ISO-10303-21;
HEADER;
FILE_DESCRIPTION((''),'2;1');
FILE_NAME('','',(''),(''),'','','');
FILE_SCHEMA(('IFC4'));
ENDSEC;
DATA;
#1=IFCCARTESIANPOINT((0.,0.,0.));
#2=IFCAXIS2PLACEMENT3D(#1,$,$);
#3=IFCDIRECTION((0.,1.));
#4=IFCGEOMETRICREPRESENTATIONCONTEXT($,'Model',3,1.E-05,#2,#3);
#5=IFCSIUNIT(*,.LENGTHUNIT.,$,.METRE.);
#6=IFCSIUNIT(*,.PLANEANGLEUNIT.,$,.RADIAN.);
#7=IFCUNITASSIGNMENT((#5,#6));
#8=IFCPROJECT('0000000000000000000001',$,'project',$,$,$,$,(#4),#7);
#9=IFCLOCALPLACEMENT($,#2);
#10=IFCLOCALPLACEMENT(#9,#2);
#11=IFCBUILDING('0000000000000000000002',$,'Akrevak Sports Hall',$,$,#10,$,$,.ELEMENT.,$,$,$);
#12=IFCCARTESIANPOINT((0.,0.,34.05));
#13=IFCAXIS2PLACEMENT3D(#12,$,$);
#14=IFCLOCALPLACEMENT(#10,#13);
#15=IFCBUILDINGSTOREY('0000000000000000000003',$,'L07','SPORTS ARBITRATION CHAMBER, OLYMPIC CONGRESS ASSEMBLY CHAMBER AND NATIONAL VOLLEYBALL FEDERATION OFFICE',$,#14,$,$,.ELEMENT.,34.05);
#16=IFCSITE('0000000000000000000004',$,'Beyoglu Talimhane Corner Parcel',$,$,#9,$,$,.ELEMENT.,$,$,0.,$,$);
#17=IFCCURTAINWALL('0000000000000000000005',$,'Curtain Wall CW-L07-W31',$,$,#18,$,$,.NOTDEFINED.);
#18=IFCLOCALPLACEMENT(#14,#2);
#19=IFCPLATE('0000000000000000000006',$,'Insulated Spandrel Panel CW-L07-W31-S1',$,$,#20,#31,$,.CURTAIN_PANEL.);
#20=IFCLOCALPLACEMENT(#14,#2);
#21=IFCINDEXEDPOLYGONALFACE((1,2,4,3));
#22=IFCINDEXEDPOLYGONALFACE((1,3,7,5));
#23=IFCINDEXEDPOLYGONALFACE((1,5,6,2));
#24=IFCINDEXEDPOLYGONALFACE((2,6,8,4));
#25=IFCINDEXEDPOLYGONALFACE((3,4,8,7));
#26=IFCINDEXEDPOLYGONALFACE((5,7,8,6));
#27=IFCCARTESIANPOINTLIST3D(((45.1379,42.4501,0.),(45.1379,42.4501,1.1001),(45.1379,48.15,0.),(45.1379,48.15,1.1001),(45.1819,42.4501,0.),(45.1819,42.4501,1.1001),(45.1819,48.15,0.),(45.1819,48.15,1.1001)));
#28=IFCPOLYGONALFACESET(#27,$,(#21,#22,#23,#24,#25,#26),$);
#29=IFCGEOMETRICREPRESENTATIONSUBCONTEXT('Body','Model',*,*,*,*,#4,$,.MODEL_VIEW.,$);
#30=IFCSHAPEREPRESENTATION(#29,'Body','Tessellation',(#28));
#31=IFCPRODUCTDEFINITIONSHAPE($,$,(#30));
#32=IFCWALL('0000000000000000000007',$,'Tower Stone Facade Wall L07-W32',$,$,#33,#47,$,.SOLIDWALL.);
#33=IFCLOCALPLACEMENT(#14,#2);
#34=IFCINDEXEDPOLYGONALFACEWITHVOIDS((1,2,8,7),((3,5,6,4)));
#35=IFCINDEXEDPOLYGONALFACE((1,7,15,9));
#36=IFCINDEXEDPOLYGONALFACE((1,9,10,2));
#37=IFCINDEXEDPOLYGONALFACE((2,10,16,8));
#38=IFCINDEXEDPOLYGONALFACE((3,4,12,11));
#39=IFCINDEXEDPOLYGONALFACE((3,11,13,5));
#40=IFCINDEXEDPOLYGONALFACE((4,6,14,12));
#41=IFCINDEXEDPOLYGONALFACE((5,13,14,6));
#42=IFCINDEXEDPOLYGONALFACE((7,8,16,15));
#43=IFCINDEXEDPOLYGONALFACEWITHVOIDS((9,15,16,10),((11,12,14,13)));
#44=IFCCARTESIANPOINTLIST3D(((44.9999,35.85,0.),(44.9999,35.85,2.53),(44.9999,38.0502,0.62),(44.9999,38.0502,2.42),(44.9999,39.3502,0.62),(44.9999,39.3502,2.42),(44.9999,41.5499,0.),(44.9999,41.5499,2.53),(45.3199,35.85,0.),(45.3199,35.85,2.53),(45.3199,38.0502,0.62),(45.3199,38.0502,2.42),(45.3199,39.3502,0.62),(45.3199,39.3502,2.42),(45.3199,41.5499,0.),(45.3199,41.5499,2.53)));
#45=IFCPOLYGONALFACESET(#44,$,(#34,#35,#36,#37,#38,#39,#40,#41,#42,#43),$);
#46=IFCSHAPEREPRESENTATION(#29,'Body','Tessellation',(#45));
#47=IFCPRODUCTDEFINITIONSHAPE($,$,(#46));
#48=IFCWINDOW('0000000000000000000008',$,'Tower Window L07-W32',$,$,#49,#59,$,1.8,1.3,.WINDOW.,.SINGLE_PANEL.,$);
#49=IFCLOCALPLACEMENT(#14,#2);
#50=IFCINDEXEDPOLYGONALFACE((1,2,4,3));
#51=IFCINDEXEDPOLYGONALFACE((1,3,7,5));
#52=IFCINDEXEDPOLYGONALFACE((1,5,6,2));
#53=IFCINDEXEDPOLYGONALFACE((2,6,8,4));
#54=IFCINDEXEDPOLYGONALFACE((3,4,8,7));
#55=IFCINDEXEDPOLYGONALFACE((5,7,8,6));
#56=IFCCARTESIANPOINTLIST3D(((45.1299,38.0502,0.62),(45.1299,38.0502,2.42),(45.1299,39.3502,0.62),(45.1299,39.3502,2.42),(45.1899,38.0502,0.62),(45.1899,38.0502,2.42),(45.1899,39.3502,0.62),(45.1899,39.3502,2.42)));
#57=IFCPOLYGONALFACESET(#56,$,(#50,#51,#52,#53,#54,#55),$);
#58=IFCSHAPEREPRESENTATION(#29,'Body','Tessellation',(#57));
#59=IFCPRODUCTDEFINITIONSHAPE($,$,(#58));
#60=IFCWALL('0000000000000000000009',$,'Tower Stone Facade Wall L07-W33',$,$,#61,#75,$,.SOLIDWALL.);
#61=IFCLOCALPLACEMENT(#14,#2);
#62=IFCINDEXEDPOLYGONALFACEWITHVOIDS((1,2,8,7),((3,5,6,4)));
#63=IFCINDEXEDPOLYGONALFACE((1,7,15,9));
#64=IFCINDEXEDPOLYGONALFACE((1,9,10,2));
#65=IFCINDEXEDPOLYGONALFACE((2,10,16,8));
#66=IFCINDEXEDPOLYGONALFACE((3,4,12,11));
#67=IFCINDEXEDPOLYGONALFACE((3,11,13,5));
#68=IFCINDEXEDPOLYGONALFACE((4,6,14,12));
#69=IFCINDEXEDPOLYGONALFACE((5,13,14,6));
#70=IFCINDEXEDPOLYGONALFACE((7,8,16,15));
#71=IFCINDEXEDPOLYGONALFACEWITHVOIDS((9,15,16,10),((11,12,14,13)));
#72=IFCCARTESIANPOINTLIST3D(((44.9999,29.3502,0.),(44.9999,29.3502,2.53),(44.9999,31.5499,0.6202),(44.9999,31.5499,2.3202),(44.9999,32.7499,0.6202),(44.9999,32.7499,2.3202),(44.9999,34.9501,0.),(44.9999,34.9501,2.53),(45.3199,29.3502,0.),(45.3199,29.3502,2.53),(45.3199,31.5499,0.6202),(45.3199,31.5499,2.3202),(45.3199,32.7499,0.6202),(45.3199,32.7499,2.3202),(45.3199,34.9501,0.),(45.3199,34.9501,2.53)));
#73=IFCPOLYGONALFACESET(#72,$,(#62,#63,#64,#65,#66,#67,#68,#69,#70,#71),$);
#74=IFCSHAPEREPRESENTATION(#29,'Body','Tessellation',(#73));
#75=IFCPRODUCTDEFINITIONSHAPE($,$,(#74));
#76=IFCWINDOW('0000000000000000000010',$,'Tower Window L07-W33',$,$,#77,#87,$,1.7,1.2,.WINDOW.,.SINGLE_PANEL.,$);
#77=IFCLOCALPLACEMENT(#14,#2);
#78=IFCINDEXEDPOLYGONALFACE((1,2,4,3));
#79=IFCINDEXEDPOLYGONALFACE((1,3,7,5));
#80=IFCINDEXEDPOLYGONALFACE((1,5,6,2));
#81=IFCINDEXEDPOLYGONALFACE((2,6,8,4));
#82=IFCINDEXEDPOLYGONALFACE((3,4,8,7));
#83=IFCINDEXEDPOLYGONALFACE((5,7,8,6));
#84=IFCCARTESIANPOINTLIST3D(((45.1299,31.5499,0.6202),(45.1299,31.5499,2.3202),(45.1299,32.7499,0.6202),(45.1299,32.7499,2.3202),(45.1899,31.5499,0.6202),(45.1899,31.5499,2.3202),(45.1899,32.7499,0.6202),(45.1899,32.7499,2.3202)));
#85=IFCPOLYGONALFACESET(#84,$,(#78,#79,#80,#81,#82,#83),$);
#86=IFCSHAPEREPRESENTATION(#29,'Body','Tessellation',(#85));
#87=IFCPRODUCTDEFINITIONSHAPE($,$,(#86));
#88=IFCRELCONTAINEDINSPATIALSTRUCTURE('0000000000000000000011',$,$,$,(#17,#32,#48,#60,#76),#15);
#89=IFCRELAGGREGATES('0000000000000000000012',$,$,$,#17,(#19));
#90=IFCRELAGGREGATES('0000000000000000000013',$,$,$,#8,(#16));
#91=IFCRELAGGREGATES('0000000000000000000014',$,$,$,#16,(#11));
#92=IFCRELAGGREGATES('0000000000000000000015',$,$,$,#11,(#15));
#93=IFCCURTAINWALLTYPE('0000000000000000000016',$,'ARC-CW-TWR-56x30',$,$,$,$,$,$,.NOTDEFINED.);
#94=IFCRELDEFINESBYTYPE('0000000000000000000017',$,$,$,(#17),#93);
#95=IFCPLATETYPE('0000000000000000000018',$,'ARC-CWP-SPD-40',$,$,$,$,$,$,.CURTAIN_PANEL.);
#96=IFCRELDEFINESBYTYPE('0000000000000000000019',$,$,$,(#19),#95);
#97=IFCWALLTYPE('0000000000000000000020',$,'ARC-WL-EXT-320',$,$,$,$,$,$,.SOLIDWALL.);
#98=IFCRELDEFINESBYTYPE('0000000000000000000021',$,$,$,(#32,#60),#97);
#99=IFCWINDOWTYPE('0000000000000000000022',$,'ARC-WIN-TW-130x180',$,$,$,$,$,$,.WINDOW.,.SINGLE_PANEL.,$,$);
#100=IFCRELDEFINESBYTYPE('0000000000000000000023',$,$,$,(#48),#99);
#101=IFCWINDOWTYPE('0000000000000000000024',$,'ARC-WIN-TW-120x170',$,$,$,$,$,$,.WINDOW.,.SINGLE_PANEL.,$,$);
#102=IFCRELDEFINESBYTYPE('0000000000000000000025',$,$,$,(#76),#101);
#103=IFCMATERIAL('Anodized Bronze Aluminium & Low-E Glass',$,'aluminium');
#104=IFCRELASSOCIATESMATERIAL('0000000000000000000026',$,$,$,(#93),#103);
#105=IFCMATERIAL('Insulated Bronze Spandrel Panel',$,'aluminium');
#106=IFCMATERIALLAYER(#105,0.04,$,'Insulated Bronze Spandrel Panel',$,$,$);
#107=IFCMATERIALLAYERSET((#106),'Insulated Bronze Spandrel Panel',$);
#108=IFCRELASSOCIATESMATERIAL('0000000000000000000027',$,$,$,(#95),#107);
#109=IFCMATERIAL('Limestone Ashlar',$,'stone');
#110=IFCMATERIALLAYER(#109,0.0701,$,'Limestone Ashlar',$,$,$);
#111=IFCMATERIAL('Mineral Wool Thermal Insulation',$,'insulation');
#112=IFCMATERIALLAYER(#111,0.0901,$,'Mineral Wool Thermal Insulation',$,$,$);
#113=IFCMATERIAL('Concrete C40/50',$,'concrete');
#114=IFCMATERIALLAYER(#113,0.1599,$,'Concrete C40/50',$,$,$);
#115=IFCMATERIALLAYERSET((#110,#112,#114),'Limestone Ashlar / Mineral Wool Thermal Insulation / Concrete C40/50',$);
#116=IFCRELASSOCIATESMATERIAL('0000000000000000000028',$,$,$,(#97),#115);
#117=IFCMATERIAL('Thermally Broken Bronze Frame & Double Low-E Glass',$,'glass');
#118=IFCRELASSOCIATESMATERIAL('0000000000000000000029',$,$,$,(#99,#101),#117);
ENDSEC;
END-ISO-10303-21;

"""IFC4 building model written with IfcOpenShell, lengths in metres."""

from ifc_helpers import new_model, si_unit, direction, frame, frame_2d, origin, origin_2d, place, context, subcontext, project, spatial, rectangle, extrude, material, layer, layer_set, type_object, element, fill, aggregate, save


model = new_model("IFC4")

# Units and contexts
model_context = context("Model", 3, precision=1e-05, world=origin(), true_north=direction((0.0, 1.0)))
body_context = subcontext(model_context, "Body", "Model", "MODEL_VIEW")
ifc_project = project(units=[si_unit("LENGTHUNIT", "METRE"), si_unit("PLANEANGLEUNIT", "RADIAN")], contexts=[model_context])

# Site, building, storey
site_placement = place(None, origin())
site = spatial("IfcSite", under=ifc_project, at=site_placement, Name="Beyoglu Talimhane Corner Parcel", CompositionType="ELEMENT", RefElevation=0.0)
building_placement = place(site_placement, origin())
building = spatial("IfcBuilding", under=site, at=building_placement, Name="Akrevak Sports Hall", CompositionType="ELEMENT")
storey_placement = place(building_placement, frame((0.0, 0.0, 34.05)))
storey = spatial("IfcBuildingStorey", under=building, at=storey_placement, Name="L07", Description="SPORTS ARBITRATION CHAMBER, OLYMPIC CONGRESS ASSEMBLY CHAMBER AND NATIONAL VOLLEYBALL FEDERATION OFFICE", CompositionType="ELEMENT", Elevation=34.05)

# Shared definitions
ifc_material_1 = material(Name="Concrete C40/50", Category="concrete")

# Curtain wall
ifc_material_2 = material(Name="Anodized Bronze Aluminium & Low-E Glass", Category="aluminium")
curtain_wall_type = type_object("IfcCurtainWallType", Name="ARC-CW-TWR-56x30", PredefinedType="NOTDEFINED", material=ifc_material_2)
curtain_wall_placement = place(storey_placement, origin())
curtain_wall = element("IfcCurtainWall", 1, at=curtain_wall_placement, inside=storey, type_object=curtain_wall_type, Name="Curtain Wall CW-L07-W31", PredefinedType="NOTDEFINED")

# Plate
ifc_material_3 = material(Name="Insulated Bronze Spandrel Panel", Category="aluminium")
ifc_layer_1 = layer(ifc_material_3, 0.04, Name="Insulated Bronze Spandrel Panel")
ifc_layer_set_1 = layer_set([ifc_layer_1], Name="Insulated Bronze Spandrel Panel")
plate_type_1 = type_object("IfcPlateType", Name="ARC-CWP-SPD-40", PredefinedType="CURTAIN_PANEL", material=ifc_layer_set_1)
plate_1_placement = place(storey_placement, frame((45.1599, 45.3, 0.0), z_axis=(0.0, 0.0, 1.0), x_axis=(0.0, -1.0, 0.0)))
plate_1 = element("IfcPlate", 2, at=plate_1_placement, type_object=plate_type_1, Name="Insulated Spandrel Panel CW-L07-W31-S1", PredefinedType="CURTAIN_PANEL", context=body_context, shape_type="SweptSolid", body=[
    extrude(rectangle(XDim=5.7, YDim=0.0439, at=origin_2d()), origin(), (0.0, 0.0, 1.0), 1.1001),
])
aggregate(curtain_wall, [plate_1])

# Walls, openings, windows
ifc_material_4 = material(Name="Limestone Ashlar", Category="stone")
ifc_layer_2 = layer(ifc_material_4, 0.0701, Name="Limestone Ashlar")
ifc_material_5 = material(Name="Mineral Wool Thermal Insulation", Category="insulation")
ifc_layer_3 = layer(ifc_material_5, 0.0901, Name="Mineral Wool Thermal Insulation")
ifc_layer_4 = layer(ifc_material_1, 0.1599, Name="Concrete C40/50")
ifc_layer_set_2 = layer_set([ifc_layer_2, ifc_layer_3, ifc_layer_4], Name="Limestone Ashlar / Mineral Wool Thermal Insulation / Concrete C40/50")
wall_type = type_object("IfcWallType", Name="ARC-WL-EXT-320", PredefinedType="SOLIDWALL", material=ifc_layer_set_2)
wall_1_placement = place(storey_placement, frame((45.1599, 41.55, 0.0), z_axis=(0.0, 0.0, 1.0), x_axis=(0.0, -1.0, 0.0)))
wall_1 = element("IfcWall", 3, at=wall_1_placement, inside=storey, type_object=wall_type, Name="Tower Stone Facade Wall L07-W32", PredefinedType="SOLIDWALL", context=body_context, shape_type="SweptSolid", body=[
    extrude(rectangle(XDim=5.7, YDim=0.3201, at=frame_2d((2.8501, 0.0))), origin(), (0.0, 0.0, 1.0), 2.53),
])
opening_1_placement = place(wall_1_placement, frame((2.2, 0.0, 0.6201)))
opening_1 = element("IfcOpeningElement", 4, at=opening_1_placement, cuts=wall_1, PredefinedType="OPENING", context=body_context, shape_type="SweptSolid", body=[
    extrude(rectangle(XDim=1.3, YDim=1.8, at=frame_2d((0.6499, 0.8999))), frame((0.0, 0.1719, 0.0), z_axis=(0.0, -1.0, 0.0), x_axis=(1.0, 0.0, 0.0)), (0.0, 0.0, 1.0), 0.344),
])
ifc_material_6 = material(Name="Thermally Broken Bronze Frame & Double Low-E Glass", Category="glass")
window_type_1 = type_object("IfcWindowType", Name="ARC-WIN-TW-130x180", PartitioningType="SINGLE_PANEL", PredefinedType="WINDOW", material=ifc_material_6)
window_1_placement = place(opening_1_placement, origin())
window_1 = element("IfcWindow", 5, at=window_1_placement, inside=storey, type_object=window_type_1, Name="Tower Window L07-W32", OverallHeight=1.8, OverallWidth=1.3, PartitioningType="SINGLE_PANEL", PredefinedType="WINDOW", context=body_context, shape_type="SweptSolid", body=[
    extrude(rectangle(XDim=1.3, YDim=1.8, at=frame_2d((0.6499, 0.8999))), frame((0.0, 0.03, 0.0), z_axis=(0.0, -1.0, 0.0), x_axis=(1.0, 0.0, 0.0)), (0.0, 0.0, 1.0), 0.0601),
])
fill(opening_1, window_1)
wall_2_placement = place(storey_placement, frame((45.1599, 34.95, 0.0), z_axis=(0.0, 0.0, 1.0), x_axis=(0.0, -1.0, 0.0)))
wall_2 = element("IfcWall", 6, at=wall_2_placement, inside=storey, type_object=wall_type, Name="Tower Stone Facade Wall L07-W33", PredefinedType="SOLIDWALL", context=body_context, shape_type="SweptSolid", body=[
    extrude(rectangle(XDim=5.5999, YDim=0.3201, at=frame_2d((2.7998, 0.0))), origin(), (0.0, 0.0, 1.0), 2.53),
])
opening_2_placement = place(wall_2_placement, frame((2.2, 0.0, 0.6201)))
opening_2 = element("IfcOpeningElement", 7, at=opening_2_placement, cuts=wall_2, PredefinedType="OPENING", context=body_context, shape_type="SweptSolid", body=[
    extrude(rectangle(XDim=1.2, YDim=1.7, at=frame_2d((0.6001, 0.8501))), frame((0.0, 0.1719, 0.0), z_axis=(0.0, -1.0, 0.0), x_axis=(1.0, 0.0, 0.0)), (0.0, 0.0, 1.0), 0.344),
])
window_type_2 = type_object("IfcWindowType", Name="ARC-WIN-TW-120x170", PartitioningType="SINGLE_PANEL", PredefinedType="WINDOW", material=ifc_material_6)
window_2_placement = place(opening_2_placement, origin())
window_2 = element("IfcWindow", 8, at=window_2_placement, inside=storey, type_object=window_type_2, Name="Tower Window L07-W33", OverallHeight=1.7, OverallWidth=1.2, PartitioningType="SINGLE_PANEL", PredefinedType="WINDOW", context=body_context, shape_type="SweptSolid", body=[
    extrude(rectangle(XDim=1.2, YDim=1.7, at=frame_2d((0.6001, 0.8501))), frame((0.0, 0.03, 0.0), z_axis=(0.0, -1.0, 0.0), x_axis=(1.0, 0.0, 0.0)), (0.0, 0.0, 1.0), 0.0601),
])
fill(opening_2, window_2)

save(model, "model.ifc")
